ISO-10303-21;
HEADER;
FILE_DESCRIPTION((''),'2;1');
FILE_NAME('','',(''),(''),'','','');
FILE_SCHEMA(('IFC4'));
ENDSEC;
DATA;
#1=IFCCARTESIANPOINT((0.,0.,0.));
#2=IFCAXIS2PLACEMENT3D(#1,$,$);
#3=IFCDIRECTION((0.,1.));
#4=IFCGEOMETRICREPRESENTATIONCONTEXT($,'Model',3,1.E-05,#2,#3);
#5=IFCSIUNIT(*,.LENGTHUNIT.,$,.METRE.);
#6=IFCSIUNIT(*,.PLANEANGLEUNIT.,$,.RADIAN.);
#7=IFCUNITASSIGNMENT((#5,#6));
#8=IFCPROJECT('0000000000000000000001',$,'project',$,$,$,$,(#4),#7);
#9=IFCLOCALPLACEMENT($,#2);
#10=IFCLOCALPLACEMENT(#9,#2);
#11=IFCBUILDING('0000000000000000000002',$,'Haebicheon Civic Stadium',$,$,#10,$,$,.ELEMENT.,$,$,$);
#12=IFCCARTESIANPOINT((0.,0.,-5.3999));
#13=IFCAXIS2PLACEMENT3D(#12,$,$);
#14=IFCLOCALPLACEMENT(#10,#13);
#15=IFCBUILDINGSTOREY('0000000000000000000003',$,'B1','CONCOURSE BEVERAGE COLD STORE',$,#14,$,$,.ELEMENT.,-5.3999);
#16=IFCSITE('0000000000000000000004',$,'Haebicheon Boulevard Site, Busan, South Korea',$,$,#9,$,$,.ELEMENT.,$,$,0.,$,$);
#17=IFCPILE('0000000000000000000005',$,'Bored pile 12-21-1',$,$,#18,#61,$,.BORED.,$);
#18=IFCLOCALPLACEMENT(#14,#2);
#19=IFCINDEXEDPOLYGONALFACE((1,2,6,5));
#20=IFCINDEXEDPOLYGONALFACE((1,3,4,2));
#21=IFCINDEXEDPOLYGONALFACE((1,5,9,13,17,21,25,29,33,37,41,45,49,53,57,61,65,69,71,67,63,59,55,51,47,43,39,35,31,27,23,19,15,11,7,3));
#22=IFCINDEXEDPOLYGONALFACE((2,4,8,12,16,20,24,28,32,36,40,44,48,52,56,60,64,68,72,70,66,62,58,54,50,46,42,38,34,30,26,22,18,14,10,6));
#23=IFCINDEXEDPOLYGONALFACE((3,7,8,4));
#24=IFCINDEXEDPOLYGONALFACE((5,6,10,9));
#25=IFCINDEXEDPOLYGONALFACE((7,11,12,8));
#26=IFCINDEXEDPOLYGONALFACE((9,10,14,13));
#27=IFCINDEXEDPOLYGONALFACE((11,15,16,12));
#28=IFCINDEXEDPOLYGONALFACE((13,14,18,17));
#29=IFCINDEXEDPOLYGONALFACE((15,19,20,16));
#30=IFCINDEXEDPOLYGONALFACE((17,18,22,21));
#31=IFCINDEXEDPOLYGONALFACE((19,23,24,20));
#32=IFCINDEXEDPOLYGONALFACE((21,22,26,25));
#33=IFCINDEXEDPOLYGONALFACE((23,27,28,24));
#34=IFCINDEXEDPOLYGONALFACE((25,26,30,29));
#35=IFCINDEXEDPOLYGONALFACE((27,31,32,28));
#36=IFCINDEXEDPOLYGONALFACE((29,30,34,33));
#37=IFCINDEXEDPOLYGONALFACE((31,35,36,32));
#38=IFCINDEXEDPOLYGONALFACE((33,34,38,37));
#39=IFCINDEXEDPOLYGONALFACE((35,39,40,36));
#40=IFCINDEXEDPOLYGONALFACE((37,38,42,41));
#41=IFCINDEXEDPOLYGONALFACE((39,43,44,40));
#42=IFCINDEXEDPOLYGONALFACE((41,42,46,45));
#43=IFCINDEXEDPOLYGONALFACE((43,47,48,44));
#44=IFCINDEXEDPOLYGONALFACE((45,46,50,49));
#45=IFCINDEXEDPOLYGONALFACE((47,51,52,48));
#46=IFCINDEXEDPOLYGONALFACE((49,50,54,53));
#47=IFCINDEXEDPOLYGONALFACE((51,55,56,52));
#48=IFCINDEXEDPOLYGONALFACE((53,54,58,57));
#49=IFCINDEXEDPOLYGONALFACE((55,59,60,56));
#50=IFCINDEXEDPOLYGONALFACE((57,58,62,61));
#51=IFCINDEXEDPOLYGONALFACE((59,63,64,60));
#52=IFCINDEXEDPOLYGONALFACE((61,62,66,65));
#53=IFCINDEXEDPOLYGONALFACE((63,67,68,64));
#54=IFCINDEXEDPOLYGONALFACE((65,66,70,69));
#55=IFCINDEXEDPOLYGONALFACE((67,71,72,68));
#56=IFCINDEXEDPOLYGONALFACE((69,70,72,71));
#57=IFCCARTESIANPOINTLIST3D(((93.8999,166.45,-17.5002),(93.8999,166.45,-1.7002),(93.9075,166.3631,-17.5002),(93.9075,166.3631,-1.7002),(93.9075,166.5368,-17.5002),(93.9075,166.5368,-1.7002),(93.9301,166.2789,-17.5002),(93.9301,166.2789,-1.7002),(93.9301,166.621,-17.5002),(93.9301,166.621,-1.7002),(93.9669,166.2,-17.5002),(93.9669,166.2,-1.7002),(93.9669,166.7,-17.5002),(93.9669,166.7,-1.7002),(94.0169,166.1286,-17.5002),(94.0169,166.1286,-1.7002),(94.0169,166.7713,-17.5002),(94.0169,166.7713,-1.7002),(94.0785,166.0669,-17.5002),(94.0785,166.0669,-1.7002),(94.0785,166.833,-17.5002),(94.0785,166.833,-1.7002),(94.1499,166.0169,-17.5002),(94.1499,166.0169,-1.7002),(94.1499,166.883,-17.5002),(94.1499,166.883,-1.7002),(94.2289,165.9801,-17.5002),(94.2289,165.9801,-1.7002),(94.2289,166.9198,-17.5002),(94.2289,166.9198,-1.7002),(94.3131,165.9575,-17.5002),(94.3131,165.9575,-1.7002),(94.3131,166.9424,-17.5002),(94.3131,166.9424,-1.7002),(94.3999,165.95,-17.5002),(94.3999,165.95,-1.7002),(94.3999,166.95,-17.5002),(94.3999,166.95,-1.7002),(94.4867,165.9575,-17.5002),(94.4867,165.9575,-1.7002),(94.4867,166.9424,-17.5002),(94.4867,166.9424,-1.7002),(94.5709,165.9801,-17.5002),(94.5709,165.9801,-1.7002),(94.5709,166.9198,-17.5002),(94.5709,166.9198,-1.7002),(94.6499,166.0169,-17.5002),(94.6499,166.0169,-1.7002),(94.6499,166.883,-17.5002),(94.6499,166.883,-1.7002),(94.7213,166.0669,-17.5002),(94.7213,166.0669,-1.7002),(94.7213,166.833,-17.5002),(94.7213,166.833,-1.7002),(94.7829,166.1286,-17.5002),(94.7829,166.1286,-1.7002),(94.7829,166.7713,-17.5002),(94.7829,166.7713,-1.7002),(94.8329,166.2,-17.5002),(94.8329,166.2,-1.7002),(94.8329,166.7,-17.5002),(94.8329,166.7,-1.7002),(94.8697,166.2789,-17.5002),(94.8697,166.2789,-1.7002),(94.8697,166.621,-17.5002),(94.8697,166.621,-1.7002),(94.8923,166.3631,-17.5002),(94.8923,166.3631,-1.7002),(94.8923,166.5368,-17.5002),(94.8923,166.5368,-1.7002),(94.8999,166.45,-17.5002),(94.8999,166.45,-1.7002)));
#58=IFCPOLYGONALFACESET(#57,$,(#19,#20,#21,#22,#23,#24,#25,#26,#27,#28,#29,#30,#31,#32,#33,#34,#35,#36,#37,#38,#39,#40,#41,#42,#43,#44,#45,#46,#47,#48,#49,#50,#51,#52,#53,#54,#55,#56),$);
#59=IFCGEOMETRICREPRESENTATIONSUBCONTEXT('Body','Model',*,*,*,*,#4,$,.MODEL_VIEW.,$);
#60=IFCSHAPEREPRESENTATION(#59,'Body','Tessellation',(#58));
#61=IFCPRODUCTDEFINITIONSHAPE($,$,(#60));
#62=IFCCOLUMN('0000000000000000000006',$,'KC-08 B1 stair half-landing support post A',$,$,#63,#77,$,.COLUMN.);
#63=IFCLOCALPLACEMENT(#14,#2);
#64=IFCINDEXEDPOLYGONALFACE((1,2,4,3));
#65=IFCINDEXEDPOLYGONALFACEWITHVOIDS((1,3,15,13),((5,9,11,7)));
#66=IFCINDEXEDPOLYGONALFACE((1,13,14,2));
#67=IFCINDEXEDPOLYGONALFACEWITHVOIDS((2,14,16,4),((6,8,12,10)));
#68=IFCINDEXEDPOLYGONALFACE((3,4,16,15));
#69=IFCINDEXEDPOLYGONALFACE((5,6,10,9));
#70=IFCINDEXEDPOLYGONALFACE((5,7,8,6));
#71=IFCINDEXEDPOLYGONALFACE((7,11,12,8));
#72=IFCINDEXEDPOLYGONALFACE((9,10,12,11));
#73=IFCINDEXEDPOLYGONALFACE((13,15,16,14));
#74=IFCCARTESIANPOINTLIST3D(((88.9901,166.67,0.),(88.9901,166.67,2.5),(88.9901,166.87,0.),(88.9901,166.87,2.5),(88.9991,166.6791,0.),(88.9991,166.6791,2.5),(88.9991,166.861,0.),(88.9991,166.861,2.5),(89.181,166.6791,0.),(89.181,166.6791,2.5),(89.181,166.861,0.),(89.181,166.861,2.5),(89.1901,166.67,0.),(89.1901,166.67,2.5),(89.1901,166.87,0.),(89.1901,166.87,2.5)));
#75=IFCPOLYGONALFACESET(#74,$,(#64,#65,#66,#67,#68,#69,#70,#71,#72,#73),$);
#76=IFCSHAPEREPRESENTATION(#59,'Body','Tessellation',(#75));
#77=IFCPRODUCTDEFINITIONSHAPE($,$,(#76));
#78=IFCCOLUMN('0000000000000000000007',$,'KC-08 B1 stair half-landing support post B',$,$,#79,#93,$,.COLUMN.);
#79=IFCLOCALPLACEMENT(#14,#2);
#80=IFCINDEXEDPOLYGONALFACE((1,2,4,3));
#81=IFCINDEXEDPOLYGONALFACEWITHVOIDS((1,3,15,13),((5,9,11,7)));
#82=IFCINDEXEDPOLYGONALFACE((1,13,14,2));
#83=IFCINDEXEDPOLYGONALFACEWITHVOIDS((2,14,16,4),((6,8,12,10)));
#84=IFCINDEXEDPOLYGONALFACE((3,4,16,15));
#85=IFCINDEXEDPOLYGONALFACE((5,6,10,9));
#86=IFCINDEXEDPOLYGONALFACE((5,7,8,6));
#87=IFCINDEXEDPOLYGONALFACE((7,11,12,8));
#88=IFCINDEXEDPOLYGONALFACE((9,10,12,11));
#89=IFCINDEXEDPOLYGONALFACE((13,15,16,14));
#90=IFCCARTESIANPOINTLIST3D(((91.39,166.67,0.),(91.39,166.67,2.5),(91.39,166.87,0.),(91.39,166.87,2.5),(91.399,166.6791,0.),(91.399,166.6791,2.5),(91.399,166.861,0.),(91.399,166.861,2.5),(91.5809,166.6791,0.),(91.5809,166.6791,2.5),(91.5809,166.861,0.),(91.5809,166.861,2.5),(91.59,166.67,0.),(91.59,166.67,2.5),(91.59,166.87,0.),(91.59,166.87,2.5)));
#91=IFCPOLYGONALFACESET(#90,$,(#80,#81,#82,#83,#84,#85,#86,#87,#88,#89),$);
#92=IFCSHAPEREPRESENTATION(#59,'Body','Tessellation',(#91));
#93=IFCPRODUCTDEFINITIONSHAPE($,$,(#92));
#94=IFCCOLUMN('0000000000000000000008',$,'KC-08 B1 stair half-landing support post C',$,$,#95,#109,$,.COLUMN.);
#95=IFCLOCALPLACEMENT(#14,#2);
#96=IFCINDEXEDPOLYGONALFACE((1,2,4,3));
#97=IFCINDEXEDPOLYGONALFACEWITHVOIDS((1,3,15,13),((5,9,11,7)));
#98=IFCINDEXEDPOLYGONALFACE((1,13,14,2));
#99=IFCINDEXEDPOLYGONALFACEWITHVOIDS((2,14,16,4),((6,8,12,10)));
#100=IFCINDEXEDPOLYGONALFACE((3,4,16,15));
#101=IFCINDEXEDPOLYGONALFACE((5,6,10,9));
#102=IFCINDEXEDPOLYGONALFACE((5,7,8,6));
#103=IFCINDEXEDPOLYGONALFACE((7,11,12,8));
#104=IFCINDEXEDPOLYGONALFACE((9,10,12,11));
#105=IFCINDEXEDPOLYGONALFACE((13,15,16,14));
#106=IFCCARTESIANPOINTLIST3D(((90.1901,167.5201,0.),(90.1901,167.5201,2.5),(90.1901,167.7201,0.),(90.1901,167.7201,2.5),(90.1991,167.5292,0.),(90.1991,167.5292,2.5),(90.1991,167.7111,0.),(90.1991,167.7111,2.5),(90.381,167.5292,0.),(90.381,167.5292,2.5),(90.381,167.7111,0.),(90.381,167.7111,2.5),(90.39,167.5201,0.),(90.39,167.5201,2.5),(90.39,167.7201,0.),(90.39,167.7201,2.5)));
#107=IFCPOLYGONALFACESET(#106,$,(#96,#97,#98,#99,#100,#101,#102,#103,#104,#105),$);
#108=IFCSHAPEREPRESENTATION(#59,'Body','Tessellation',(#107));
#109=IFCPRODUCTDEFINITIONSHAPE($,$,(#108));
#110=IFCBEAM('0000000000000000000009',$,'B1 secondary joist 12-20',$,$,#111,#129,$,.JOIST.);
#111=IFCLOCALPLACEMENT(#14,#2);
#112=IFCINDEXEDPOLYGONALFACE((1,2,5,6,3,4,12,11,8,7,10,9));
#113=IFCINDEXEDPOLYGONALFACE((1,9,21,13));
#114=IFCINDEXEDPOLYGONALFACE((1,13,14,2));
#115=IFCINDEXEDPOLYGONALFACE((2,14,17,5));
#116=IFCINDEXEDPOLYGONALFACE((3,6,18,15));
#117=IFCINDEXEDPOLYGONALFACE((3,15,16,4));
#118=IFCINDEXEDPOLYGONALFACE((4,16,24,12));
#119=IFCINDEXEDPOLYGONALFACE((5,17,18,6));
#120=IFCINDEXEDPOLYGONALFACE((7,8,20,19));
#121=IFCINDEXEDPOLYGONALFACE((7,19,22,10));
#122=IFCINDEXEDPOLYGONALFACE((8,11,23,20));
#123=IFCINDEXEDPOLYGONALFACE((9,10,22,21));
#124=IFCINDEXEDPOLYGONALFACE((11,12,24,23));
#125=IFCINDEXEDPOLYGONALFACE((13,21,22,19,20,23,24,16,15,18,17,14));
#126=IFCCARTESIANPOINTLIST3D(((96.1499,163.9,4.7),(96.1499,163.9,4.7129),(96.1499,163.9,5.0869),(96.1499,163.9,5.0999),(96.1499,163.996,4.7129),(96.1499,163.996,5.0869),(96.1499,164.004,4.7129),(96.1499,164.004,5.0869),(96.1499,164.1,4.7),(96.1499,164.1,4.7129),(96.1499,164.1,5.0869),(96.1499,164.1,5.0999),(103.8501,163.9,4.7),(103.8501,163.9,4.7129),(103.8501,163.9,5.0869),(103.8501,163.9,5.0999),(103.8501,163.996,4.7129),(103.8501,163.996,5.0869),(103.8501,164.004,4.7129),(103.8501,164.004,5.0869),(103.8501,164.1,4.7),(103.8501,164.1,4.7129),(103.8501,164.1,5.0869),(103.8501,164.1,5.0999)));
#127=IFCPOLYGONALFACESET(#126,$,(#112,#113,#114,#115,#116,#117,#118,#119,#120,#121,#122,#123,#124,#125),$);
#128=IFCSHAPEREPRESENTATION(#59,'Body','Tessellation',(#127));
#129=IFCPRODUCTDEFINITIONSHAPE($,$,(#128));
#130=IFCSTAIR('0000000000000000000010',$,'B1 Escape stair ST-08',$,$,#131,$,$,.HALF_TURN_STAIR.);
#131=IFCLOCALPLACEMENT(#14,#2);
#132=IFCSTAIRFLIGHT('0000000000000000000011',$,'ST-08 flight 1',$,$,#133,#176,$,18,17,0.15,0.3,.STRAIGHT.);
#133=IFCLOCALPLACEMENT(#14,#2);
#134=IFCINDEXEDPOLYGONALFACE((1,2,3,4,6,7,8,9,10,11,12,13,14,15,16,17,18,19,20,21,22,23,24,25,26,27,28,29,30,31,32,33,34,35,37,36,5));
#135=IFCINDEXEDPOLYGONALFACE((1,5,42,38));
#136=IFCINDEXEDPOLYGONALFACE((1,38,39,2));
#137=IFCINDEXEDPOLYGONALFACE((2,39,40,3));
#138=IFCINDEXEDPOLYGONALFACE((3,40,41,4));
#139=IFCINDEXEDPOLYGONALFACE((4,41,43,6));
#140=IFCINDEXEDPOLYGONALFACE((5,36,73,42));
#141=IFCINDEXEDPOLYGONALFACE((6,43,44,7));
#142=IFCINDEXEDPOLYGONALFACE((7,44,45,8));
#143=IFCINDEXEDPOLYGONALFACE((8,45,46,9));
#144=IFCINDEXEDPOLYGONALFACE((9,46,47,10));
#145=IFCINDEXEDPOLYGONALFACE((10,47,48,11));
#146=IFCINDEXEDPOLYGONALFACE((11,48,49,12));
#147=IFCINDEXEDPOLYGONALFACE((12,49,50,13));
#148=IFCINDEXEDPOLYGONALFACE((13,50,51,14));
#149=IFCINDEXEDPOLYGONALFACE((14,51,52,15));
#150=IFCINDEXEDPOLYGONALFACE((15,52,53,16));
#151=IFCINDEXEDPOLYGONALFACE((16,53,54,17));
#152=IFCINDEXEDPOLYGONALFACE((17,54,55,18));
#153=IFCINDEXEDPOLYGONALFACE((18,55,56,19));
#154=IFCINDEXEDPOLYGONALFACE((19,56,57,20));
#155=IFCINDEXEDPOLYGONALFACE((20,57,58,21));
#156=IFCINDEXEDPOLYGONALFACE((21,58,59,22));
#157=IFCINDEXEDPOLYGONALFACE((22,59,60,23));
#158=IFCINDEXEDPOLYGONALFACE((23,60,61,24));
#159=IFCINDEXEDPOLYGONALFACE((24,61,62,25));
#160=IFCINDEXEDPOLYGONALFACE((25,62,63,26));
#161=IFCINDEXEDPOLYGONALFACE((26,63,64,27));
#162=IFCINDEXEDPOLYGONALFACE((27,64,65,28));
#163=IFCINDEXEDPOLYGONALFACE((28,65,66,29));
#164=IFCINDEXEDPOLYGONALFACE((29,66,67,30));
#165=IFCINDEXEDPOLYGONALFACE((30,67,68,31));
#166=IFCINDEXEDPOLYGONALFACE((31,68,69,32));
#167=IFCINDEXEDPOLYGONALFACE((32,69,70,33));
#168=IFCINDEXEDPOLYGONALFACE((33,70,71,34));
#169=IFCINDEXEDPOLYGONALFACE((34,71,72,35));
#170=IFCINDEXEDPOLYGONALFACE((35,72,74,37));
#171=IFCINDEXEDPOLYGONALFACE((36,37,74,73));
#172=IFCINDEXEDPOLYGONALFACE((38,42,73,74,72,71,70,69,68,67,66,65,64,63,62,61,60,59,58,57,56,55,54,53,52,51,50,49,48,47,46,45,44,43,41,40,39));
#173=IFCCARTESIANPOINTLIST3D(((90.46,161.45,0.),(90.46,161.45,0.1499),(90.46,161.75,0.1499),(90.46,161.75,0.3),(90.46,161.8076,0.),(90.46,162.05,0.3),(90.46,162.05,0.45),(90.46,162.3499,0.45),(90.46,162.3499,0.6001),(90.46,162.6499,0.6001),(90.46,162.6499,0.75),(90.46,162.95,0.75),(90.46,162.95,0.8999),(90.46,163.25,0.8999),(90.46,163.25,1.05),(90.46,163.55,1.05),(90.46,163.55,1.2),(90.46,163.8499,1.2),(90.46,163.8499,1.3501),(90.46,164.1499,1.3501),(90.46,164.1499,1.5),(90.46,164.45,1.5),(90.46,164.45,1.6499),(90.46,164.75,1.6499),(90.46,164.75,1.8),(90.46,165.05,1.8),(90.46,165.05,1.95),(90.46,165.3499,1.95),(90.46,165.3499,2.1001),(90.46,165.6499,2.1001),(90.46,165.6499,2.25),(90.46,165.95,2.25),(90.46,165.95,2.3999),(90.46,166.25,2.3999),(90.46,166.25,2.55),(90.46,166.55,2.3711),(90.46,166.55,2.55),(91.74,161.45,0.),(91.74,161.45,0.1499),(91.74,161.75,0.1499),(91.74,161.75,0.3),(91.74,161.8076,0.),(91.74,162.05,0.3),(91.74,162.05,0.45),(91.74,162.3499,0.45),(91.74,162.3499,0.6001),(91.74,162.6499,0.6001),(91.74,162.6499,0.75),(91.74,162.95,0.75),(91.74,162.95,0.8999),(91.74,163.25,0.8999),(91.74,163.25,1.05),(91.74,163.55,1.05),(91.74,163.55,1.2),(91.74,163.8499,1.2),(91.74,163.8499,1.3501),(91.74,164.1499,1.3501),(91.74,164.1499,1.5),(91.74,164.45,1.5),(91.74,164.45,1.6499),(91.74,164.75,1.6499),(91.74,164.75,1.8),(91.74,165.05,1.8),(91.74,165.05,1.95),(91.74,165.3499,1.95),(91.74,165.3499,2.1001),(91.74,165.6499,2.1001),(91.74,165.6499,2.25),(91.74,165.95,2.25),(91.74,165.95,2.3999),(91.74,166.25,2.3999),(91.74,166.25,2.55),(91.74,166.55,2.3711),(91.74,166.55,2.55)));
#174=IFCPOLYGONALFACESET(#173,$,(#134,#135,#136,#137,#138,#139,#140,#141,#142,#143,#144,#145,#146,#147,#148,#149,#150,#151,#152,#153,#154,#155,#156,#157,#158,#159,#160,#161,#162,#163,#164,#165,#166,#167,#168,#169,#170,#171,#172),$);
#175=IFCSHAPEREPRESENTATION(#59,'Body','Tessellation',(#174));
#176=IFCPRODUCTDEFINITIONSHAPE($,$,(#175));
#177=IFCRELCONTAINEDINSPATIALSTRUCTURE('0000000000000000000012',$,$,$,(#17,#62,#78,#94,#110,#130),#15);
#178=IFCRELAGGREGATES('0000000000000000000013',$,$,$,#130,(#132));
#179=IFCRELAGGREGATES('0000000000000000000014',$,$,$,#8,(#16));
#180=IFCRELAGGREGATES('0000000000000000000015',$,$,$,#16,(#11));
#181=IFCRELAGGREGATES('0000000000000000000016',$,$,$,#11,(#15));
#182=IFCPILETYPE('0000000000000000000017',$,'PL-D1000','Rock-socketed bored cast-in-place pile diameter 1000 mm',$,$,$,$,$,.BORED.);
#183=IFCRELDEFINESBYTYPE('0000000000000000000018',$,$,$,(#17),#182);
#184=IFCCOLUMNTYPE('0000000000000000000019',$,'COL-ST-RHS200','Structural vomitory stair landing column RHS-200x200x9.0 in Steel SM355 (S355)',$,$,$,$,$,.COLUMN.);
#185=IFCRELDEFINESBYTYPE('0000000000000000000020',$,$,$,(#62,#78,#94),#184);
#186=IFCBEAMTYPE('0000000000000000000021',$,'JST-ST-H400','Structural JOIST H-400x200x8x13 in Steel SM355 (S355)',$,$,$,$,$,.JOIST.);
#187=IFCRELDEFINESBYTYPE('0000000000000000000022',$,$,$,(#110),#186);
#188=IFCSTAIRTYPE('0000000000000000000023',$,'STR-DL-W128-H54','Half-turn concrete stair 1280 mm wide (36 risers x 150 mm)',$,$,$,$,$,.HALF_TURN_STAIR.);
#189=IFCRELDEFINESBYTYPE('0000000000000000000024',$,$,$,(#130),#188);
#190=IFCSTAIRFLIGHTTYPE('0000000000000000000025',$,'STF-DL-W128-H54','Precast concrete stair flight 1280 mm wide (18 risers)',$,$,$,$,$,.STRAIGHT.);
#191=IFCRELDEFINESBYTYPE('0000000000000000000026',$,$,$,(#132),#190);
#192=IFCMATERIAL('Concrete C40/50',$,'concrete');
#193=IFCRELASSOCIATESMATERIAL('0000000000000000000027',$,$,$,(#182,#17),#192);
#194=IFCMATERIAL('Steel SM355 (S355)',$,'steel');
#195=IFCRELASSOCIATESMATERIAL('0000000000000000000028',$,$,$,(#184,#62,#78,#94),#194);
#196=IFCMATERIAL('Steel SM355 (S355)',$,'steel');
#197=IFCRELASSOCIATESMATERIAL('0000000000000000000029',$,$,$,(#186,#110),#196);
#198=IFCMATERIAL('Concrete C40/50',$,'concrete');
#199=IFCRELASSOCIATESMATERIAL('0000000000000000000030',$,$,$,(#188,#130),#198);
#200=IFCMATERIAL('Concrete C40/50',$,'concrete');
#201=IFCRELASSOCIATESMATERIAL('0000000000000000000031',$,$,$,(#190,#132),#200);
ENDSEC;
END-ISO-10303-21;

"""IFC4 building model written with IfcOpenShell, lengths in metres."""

from ifc_helpers import new_model, si_unit, direction, frame, origin, origin_2d, place, context, subcontext, project, spatial, polyline, hollow_rectangle, circle, i_section, outline, extrude, material, material_profile, profile_set, type_object, element, aggregate, save


model = new_model("IFC4")

# Units and contexts
model_context = context("Model", 3, precision=1e-05, world=origin(), true_north=direction((0.0, 1.0)))
body_context = subcontext(model_context, "Body", "Model", "MODEL_VIEW")
ifc_project = project(units=[si_unit("LENGTHUNIT", "METRE"), si_unit("PLANEANGLEUNIT", "RADIAN")], contexts=[model_context])

# Site, building, storey
site_placement = place(None, origin())
site = spatial("IfcSite", under=ifc_project, at=site_placement, Name="Haebicheon Boulevard Site, Busan, South Korea", CompositionType="ELEMENT", RefElevation=0.0)
building_placement = place(site_placement, origin())
building = spatial("IfcBuilding", under=site, at=building_placement, Name="Haebicheon Civic Stadium", CompositionType="ELEMENT")
storey_placement = place(building_placement, frame((0.0, 0.0, -5.3999)))
storey = spatial("IfcBuildingStorey", under=building, at=storey_placement, Name="B1", Description="CONCOURSE BEVERAGE COLD STORE", CompositionType="ELEMENT", Elevation=-5.3999)

# Pile
ifc_material_1 = material(Name="Concrete C40/50", Category="concrete")
ifc_material_profile_1 = material_profile(ifc_material_1, circle(Radius=0.5, at=origin_2d()), Name="PILE-D1000")
ifc_profile_set_1 = profile_set([ifc_material_profile_1], Name="Concrete C40/50")
pile_type = type_object("IfcPileType", Name="PL-D1000", Description="Rock-socketed bored cast-in-place pile diameter 1000 mm", PredefinedType="BORED", material=ifc_profile_set_1)
for number, where, z_axis, x_axis, name in (
    (1, (94.3999, 166.45, -1.7002), (0.0, 0.0, -1.0), (1.0, 0.0, 0.0), "Bored pile 12-21-1"),
):
    element("IfcPile", number, at=place(storey_placement, frame(where, z_axis=z_axis, x_axis=x_axis)), inside=storey, type_object=pile_type, material=ifc_profile_set_1, Name=name, PredefinedType="BORED", context=body_context, shape_type="SweptSolid", body=[
        extrude(circle(Radius=0.5, at=origin_2d()), origin(), (0.0, 0.0, 1.0), 15.8),
    ])

# Columns
ifc_material_2 = material(Name="Steel SM355 (S355)", Category="steel")
ifc_material_profile_2 = material_profile(ifc_material_2, hollow_rectangle(XDim=0.2, YDim=0.2, WallThickness=0.009, at=origin_2d()), Name="RHS-200x200x9.0")
ifc_profile_set_2 = profile_set([ifc_material_profile_2], Name="Steel SM355 (S355)")
column_type = type_object("IfcColumnType", Name="COL-ST-RHS200", Description="Structural vomitory stair landing column RHS-200x200x9.0 in Steel SM355 (S355)", PredefinedType="COLUMN", material=ifc_profile_set_2)
for number, where, z_axis, x_axis, name in (
    (2, (89.0901, 166.77, 0.0), (0.0, 0.0, 1.0), (1.0, 0.0, 0.0), "KC-08 B1 stair half-landing support post A"),
    (3, (91.49, 166.77, 0.0), (0.0, 0.0, 1.0), (1.0, 0.0, 0.0), "KC-08 B1 stair half-landing support post B"),
    (4, (90.29, 167.6201, 0.0), (0.0, 0.0, 1.0), (1.0, 0.0, 0.0), "KC-08 B1 stair half-landing support post C"),
):
    element("IfcColumn", number, at=place(storey_placement, frame(where, z_axis=z_axis, x_axis=x_axis)), inside=storey, type_object=column_type, material=ifc_profile_set_2, Name=name, PredefinedType="COLUMN", context=body_context, shape_type="SweptSolid", body=[
        extrude(hollow_rectangle(XDim=0.2, YDim=0.2, WallThickness=0.009, at=origin_2d()), origin(), (0.0, 0.0, 1.0), 2.5),
    ])

# Beam
ifc_material_3 = material(Name="Steel SM355 (S355)", Category="steel")
ifc_material_profile_3 = material_profile(ifc_material_3, i_section(OverallWidth=0.2, OverallDepth=0.3999, WebThickness=0.0081, FlangeThickness=0.0129, at=origin_2d()), Name="H-400x200x8x13")
ifc_profile_set_3 = profile_set([ifc_material_profile_3], Name="Steel SM355 (S355)")
beam_type = type_object("IfcBeamType", Name="JST-ST-H400", Description="Structural JOIST H-400x200x8x13 in Steel SM355 (S355)", PredefinedType="JOIST", material=ifc_profile_set_3)
beam_placement = place(storey_placement, frame((96.1499, 164.0, 4.8999), z_axis=(1.0, 0.0, 0.0), x_axis=(0.0, 1.0, 0.0)))
element("IfcBeam", 5, at=beam_placement, inside=storey, type_object=beam_type, material=ifc_profile_set_3, Name="B1 secondary joist 12-20", PredefinedType="JOIST", context=body_context, shape_type="SweptSolid", body=[
    extrude(i_section(OverallWidth=0.2, OverallDepth=0.3999, WebThickness=0.0081, FlangeThickness=0.0129, at=origin_2d()), origin(), (0.0, 0.0, 1.0), 7.7002),
])

# Stair, stair flight
ifc_material_4 = material(Name="Concrete C40/50", Category="concrete")
stair_type = type_object("IfcStairType", Name="STR-DL-W128-H54", Description="Half-turn concrete stair 1280 mm wide (36 risers x 150 mm)", PredefinedType="HALF_TURN_STAIR", material=ifc_material_4)
stair_placement = place(storey_placement, origin())
stair = element("IfcStair", 6, at=stair_placement, inside=storey, type_object=stair_type, material=ifc_material_4, Name="B1 Escape stair ST-08", PredefinedType="HALF_TURN_STAIR")
ifc_material_5 = material(Name="Concrete C40/50", Category="concrete")
stair_flight_type = type_object("IfcStairFlightType", Name="STF-DL-W128-H54", Description="Precast concrete stair flight 1280 mm wide (18 risers)", PredefinedType="STRAIGHT", material=ifc_material_5)
stair_flight_1_placement = place(storey_placement, frame((91.1001, 161.45, 0.0), z_axis=(0.0, 0.0, 1.0), x_axis=(0.0, 1.0, 0.0)))
stair_flight_1 = element("IfcStairFlight", 7, at=stair_flight_1_placement, type_object=stair_flight_type, material=ifc_material_5, Name="ST-08 flight 1", NumberOfRisers=18, NumberOfTreads=17, PredefinedType="STRAIGHT", RiserHeight=0.15, TreadLength=0.3, context=body_context, shape_type="SweptSolid", body=[
    extrude(outline(polyline([(0.0, 0.0), (0.0, 0.1499), (0.3, 0.1499), (0.3, 0.3), (0.6001, 0.3), (0.6001, 0.45), (0.8999, 0.45), (0.8999, 0.6001), (1.2, 0.6001), (1.2, 0.75), (1.5, 0.75), (1.5, 0.8999), (1.8, 0.8999), (1.8, 1.05), (2.1001, 1.05), (2.1001, 1.2), (2.3999, 1.2), (2.3999, 1.3501), (2.7, 1.3501), (2.7, 1.5), (3.0, 1.5), (3.0, 1.6499), (3.3, 1.6499), (3.3, 1.8), (3.6001, 1.8), (3.6001, 1.95), (3.8999, 1.95), (3.8999, 2.1001), (4.2, 2.1001), (4.2, 2.25), (4.5, 2.25), (4.5, 2.3999), (4.8, 2.3999), (4.8, 2.55), (5.1001, 2.55), (5.1001, 2.7), (5.1001, 2.3711), (0.3577, 0.0), (0.0, 0.0)])), frame((0.0, 0.6401, 0.0), z_axis=(0.0, -1.0, 0.0), x_axis=(1.0, 0.0, 0.0)), (0.0, 0.0, 1.0), 1.28),
])
aggregate(stair, [stair_flight_1])

save(model, "model.ifc")
